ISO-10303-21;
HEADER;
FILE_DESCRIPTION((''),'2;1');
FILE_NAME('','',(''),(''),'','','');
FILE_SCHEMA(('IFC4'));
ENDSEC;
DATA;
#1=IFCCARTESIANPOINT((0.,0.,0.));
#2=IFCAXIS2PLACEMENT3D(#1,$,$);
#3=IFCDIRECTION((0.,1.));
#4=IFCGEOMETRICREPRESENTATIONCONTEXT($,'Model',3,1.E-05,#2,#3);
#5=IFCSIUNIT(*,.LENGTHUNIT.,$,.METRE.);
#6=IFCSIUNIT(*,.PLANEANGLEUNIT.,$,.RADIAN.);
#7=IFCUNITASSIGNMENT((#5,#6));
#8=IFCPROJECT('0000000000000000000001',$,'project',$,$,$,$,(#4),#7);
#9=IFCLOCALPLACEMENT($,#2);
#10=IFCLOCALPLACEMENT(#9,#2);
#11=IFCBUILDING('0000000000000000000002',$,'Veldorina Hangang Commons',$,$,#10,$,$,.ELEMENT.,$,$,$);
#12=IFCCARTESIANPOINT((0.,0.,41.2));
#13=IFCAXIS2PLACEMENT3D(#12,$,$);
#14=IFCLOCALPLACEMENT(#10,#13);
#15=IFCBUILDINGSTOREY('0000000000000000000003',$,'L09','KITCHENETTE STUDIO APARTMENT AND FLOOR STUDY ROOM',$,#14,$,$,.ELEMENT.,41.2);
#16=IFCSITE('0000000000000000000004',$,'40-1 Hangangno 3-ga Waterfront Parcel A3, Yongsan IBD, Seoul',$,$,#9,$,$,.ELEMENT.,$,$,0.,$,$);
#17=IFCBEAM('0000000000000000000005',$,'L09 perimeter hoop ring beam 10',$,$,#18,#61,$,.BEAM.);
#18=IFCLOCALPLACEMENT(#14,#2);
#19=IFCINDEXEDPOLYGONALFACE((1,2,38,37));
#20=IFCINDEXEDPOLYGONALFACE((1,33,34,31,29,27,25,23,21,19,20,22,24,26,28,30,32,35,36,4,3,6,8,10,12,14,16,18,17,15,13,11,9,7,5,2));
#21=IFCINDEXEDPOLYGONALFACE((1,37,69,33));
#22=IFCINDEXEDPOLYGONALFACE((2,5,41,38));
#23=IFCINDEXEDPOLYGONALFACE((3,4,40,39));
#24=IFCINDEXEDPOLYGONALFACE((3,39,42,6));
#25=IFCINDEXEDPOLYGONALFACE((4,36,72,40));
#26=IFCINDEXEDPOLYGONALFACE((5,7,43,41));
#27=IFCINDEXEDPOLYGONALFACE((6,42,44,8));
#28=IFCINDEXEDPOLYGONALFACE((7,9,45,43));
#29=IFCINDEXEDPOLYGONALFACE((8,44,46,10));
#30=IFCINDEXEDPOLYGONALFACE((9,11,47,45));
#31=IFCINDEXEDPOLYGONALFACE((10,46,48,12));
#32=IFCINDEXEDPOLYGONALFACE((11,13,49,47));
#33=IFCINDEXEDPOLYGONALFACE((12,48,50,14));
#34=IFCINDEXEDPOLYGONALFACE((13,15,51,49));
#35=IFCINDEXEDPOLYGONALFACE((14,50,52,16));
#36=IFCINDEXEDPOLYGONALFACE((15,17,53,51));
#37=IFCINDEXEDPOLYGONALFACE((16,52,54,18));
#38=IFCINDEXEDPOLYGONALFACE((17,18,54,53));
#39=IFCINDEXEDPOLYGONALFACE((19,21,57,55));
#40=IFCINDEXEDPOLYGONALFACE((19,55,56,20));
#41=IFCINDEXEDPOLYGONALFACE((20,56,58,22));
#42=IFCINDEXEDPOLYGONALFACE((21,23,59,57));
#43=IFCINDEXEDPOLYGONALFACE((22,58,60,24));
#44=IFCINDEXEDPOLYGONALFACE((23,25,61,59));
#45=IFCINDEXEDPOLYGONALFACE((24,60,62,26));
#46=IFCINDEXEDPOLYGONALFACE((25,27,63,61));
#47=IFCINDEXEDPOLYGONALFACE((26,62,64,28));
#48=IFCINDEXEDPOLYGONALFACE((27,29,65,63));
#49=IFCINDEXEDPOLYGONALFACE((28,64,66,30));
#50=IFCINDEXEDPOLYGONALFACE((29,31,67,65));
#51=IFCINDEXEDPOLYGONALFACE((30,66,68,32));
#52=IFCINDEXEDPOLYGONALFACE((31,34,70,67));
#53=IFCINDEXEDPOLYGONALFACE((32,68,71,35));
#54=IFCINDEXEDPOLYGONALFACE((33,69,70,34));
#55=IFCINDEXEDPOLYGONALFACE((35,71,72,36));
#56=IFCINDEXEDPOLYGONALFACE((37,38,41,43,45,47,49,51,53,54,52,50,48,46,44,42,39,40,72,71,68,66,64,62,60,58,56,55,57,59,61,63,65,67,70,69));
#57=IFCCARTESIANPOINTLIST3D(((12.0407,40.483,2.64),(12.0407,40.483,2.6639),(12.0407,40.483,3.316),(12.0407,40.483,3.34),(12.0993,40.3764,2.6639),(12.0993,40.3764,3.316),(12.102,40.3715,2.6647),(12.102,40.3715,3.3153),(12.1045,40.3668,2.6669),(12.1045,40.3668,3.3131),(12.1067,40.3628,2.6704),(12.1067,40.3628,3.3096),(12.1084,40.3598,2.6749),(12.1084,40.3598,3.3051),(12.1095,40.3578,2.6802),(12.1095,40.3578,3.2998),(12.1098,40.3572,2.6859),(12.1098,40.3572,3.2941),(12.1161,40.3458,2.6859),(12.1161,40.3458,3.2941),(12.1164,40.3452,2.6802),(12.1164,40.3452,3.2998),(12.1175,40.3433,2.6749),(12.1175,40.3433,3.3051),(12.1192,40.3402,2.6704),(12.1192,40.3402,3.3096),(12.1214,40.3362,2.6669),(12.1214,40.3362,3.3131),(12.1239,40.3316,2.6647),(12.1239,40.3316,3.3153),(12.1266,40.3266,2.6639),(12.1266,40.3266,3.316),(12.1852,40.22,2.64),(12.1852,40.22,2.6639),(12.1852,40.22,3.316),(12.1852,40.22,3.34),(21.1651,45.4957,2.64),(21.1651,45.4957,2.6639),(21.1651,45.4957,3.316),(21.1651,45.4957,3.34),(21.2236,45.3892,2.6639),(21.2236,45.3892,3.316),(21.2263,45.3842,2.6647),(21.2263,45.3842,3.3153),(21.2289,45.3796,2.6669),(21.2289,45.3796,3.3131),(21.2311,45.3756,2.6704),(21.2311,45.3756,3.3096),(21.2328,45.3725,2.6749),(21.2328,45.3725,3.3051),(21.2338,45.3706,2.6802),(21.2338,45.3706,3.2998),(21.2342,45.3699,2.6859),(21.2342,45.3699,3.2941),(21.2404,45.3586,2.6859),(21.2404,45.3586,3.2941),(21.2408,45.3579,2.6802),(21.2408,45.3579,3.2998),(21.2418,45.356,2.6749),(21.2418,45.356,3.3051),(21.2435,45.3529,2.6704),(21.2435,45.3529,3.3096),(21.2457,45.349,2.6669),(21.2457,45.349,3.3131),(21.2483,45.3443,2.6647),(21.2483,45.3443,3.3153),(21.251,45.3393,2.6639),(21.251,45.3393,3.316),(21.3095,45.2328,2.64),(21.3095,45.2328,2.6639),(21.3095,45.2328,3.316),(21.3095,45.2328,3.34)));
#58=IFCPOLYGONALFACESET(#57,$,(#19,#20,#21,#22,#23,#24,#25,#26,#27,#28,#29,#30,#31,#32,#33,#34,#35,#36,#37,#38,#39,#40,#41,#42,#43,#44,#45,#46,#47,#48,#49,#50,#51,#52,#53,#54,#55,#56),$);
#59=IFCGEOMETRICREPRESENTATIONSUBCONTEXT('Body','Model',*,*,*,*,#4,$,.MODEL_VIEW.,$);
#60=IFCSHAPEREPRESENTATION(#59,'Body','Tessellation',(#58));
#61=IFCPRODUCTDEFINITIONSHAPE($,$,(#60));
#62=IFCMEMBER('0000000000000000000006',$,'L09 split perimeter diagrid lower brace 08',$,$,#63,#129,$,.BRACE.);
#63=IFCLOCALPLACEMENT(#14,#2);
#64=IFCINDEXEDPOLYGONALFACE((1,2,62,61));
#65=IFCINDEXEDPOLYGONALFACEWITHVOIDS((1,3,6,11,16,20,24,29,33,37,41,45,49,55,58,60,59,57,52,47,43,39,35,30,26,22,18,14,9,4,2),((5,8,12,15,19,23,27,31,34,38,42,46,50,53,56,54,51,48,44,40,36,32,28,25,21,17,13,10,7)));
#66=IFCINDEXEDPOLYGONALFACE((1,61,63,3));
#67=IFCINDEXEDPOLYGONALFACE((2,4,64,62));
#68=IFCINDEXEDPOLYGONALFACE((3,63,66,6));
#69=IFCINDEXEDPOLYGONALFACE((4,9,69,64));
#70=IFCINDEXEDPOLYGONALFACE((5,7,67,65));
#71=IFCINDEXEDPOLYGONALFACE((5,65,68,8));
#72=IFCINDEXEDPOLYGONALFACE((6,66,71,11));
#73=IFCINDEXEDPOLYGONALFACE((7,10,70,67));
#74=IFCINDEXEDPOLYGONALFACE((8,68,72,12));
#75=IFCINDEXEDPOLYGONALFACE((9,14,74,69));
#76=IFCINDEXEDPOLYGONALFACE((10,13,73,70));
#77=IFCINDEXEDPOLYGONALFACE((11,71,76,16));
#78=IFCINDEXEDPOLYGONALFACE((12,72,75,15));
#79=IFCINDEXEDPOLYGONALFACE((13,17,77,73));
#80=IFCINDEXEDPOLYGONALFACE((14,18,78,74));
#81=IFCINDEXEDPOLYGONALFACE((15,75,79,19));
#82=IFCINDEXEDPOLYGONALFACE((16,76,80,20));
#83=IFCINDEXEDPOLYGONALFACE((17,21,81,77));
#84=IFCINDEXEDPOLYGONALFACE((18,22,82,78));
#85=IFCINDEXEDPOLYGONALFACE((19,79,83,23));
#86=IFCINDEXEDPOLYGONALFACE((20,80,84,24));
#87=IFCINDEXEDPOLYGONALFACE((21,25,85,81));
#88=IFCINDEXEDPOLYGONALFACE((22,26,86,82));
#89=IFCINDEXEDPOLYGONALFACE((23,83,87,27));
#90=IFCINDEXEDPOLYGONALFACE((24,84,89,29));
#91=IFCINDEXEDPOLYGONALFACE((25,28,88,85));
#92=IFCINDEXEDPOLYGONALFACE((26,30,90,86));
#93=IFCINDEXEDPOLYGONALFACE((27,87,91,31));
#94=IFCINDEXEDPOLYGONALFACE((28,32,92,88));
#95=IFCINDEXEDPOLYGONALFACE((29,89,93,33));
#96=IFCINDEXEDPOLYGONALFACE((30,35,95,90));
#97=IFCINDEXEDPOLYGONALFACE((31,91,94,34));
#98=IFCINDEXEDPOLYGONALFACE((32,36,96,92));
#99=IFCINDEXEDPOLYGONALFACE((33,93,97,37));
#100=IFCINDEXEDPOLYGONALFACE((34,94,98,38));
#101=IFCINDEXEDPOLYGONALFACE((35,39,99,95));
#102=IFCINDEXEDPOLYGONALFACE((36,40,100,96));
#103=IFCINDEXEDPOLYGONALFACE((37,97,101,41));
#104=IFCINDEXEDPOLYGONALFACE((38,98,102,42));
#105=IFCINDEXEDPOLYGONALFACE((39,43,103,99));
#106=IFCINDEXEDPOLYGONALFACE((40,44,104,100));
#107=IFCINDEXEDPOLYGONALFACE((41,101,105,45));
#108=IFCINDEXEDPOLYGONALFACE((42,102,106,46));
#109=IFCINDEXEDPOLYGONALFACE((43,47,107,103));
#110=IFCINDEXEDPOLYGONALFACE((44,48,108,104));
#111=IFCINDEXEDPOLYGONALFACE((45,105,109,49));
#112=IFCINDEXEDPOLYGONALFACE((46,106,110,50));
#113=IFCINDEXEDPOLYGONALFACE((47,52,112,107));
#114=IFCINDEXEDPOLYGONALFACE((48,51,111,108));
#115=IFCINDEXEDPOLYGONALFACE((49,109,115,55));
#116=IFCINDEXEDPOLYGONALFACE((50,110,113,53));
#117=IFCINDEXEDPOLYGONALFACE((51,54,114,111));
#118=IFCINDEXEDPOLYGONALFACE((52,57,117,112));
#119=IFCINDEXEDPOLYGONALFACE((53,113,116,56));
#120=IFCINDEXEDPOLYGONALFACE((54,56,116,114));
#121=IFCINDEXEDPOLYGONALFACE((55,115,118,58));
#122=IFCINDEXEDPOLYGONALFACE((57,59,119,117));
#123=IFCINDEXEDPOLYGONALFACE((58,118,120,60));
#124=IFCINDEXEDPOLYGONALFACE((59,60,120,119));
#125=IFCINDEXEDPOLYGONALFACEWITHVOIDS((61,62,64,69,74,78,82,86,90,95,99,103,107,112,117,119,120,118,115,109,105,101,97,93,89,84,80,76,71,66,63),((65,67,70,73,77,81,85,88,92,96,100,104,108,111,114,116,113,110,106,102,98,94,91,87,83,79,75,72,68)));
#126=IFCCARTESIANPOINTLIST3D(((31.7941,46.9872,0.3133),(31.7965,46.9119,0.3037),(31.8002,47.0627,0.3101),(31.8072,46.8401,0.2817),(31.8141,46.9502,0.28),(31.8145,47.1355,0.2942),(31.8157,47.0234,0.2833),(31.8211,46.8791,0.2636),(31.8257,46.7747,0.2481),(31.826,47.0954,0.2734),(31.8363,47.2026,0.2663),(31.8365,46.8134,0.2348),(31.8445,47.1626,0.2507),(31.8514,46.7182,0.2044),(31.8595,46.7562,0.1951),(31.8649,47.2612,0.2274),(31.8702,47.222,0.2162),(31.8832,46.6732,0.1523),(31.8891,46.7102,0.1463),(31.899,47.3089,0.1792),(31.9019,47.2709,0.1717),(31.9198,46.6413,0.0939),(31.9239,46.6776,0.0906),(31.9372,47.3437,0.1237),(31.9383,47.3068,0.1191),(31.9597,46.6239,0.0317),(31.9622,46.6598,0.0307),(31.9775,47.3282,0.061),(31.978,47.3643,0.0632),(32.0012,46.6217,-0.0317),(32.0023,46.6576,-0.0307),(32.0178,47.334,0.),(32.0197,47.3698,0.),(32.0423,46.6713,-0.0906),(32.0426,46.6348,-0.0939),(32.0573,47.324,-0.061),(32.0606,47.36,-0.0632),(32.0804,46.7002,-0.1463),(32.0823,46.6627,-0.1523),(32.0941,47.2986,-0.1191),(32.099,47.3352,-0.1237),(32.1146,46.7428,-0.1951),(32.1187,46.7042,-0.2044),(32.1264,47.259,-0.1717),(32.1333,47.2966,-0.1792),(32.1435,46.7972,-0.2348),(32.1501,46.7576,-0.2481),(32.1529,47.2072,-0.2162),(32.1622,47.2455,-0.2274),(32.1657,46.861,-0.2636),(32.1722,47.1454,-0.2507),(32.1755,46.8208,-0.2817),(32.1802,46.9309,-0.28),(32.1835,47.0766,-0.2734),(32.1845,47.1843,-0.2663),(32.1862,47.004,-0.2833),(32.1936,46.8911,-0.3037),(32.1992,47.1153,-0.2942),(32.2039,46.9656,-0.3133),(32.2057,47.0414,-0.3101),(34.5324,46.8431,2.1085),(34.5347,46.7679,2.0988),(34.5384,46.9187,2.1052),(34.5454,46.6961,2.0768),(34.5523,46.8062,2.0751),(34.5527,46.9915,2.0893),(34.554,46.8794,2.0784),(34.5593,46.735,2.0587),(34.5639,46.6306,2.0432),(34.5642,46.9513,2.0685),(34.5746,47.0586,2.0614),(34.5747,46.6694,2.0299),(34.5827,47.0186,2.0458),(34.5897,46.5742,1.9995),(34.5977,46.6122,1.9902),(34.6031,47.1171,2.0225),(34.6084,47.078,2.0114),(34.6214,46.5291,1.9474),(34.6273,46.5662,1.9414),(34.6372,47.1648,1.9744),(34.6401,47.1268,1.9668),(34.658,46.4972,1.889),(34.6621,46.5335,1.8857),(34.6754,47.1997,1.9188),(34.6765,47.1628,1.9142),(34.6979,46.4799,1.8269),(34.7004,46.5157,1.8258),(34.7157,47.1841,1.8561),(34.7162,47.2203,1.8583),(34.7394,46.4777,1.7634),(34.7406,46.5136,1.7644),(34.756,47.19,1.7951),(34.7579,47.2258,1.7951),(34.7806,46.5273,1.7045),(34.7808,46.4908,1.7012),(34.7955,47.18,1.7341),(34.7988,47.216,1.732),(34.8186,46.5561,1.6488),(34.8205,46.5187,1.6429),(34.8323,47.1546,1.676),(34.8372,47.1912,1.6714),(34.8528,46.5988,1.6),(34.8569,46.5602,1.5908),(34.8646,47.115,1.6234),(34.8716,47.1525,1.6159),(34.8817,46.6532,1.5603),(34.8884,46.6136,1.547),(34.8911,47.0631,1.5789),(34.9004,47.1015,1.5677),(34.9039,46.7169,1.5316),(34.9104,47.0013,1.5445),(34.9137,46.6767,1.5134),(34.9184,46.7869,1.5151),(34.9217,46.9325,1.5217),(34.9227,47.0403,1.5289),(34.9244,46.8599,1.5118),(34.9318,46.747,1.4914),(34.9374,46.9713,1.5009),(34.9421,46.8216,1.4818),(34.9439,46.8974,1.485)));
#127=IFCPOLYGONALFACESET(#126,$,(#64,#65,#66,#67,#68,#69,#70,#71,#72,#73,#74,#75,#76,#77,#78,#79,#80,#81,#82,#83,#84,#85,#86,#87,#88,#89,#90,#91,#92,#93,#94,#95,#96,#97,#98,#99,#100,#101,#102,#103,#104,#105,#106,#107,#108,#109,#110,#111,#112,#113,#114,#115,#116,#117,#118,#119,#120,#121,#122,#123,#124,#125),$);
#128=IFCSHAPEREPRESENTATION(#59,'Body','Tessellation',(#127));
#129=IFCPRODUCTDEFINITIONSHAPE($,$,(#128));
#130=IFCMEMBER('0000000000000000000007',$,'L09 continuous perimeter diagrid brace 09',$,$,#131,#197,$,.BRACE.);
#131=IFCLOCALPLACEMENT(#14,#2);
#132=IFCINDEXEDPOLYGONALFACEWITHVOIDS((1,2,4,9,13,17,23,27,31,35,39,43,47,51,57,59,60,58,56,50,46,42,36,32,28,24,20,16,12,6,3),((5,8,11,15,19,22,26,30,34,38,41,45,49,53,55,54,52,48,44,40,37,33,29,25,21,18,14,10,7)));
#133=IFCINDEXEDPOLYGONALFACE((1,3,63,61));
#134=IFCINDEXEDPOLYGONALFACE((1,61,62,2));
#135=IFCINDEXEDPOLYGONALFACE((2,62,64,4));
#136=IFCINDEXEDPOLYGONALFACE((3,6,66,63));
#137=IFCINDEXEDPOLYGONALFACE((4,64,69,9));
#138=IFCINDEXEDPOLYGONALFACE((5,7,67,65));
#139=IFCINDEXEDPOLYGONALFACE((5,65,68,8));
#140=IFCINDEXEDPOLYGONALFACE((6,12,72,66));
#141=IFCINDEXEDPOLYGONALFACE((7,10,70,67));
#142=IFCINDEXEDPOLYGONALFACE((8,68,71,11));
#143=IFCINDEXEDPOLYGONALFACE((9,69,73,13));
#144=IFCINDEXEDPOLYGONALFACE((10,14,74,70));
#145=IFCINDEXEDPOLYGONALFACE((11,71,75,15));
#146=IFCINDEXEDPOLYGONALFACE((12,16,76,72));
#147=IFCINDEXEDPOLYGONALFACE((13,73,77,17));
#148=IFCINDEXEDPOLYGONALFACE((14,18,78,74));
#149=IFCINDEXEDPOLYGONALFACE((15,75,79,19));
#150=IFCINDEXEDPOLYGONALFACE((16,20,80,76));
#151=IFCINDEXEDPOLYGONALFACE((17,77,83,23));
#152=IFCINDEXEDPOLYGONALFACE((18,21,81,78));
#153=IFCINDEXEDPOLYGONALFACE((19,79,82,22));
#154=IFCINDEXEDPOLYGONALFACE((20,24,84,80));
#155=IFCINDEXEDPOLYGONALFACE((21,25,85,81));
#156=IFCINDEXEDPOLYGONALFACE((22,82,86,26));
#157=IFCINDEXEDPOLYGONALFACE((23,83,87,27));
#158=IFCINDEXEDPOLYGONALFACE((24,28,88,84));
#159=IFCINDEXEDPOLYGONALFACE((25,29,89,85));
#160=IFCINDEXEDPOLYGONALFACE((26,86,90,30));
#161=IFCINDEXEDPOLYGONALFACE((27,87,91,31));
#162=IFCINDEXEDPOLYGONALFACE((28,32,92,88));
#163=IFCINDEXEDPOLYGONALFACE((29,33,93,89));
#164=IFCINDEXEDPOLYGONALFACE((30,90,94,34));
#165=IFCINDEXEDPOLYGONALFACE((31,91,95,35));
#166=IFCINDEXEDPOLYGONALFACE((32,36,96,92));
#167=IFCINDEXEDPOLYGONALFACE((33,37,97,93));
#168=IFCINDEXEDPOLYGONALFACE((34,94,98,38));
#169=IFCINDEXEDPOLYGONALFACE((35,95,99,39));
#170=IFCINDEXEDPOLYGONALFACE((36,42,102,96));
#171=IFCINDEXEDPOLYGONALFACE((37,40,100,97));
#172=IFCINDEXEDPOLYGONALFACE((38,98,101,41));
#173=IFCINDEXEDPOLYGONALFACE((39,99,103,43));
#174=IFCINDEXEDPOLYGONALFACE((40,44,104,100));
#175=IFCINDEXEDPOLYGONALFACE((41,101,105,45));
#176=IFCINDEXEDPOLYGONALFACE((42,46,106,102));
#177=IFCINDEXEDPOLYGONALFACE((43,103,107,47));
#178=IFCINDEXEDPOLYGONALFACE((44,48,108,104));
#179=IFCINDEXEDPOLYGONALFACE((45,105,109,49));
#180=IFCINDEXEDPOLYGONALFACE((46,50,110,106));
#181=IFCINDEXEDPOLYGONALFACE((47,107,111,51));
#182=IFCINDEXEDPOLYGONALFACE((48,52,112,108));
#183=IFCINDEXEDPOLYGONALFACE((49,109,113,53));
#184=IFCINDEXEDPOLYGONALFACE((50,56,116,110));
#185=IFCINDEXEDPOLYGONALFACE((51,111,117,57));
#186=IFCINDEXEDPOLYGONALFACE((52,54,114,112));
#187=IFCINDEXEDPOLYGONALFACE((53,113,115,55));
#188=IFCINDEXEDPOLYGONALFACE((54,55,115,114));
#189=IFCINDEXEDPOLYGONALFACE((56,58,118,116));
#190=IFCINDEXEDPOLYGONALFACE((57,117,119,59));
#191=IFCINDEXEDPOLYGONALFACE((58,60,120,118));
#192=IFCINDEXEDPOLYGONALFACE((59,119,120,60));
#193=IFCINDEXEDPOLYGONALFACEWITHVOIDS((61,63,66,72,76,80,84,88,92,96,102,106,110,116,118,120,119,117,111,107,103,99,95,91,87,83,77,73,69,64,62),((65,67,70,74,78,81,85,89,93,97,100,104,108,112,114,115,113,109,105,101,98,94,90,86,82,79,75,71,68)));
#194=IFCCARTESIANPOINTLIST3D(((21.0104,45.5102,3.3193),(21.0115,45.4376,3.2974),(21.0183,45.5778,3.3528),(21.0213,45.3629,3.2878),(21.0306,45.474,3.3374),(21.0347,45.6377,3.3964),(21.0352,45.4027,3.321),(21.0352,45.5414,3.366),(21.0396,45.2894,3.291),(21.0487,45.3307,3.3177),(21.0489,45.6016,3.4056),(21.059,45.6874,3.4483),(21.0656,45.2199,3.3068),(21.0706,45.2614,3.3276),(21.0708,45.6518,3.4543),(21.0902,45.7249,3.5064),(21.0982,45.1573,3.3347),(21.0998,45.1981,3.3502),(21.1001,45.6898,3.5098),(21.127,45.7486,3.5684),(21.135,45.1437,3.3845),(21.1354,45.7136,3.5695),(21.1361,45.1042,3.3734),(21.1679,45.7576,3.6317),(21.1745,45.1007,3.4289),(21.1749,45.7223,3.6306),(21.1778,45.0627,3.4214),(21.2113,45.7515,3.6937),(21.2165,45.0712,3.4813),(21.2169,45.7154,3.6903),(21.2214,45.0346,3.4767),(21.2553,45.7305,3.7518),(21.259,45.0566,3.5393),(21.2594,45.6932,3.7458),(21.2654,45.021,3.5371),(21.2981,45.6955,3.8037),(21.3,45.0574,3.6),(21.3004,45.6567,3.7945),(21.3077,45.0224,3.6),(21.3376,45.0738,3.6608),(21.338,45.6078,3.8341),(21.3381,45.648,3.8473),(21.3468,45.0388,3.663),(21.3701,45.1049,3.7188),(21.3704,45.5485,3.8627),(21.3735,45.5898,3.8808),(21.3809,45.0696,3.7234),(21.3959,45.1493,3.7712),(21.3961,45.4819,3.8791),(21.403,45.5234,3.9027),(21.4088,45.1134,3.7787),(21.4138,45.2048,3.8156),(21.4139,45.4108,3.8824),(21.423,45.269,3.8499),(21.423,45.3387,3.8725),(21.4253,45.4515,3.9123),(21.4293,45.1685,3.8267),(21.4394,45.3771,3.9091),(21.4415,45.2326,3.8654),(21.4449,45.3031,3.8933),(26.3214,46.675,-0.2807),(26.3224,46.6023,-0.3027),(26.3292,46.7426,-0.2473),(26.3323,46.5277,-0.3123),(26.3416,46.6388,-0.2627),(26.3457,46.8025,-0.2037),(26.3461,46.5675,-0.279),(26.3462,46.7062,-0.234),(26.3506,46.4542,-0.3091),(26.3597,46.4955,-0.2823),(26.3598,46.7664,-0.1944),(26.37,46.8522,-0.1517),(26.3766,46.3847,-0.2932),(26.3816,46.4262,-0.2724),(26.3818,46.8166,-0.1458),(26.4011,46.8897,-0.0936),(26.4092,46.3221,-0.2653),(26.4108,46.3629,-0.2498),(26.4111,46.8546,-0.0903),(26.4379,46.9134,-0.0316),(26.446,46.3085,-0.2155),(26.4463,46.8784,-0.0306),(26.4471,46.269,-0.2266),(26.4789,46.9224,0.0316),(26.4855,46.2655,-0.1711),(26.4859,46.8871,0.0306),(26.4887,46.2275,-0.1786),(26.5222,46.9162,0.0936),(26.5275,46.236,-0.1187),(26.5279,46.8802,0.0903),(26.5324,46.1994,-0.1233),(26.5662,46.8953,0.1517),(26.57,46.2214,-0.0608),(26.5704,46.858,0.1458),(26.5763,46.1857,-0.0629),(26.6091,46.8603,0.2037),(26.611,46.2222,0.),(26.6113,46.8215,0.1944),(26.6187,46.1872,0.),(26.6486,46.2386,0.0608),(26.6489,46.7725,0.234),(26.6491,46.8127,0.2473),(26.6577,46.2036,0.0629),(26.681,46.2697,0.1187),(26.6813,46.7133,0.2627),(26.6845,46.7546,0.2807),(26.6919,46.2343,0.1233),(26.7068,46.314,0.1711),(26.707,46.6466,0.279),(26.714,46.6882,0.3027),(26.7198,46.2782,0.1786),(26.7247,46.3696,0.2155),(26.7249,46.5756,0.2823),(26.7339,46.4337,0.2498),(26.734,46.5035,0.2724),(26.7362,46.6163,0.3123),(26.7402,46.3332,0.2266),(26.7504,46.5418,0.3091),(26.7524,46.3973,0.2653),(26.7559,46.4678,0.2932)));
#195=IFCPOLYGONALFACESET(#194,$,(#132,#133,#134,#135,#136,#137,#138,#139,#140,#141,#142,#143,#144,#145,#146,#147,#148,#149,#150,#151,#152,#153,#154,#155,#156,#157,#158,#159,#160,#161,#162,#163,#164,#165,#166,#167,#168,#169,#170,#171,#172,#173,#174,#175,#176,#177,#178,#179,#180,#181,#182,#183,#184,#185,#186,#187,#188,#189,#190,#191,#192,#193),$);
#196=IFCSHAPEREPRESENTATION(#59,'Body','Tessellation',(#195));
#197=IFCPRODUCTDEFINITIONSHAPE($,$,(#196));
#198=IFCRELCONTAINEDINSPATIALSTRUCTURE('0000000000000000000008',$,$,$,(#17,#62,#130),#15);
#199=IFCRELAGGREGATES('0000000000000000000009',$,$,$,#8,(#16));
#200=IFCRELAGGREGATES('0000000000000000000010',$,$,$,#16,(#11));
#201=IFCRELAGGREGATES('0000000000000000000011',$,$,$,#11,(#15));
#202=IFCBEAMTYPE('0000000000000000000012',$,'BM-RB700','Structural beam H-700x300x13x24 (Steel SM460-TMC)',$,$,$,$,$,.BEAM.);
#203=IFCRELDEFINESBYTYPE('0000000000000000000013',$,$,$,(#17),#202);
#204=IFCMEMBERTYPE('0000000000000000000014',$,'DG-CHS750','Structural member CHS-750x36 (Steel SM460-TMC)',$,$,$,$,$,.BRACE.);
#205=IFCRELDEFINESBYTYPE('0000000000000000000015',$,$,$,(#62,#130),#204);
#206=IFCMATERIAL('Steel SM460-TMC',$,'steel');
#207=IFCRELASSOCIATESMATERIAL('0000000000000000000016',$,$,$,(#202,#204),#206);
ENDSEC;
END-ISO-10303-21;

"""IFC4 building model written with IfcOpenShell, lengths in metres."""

from ifc_helpers import new_model, si_unit, direction, frame, origin, origin_2d, place, context, subcontext, project, spatial, hollow_circle, i_section, extrude, material, material_profile, profile_set, type_object, element, save


model = new_model("IFC4")

# Units and contexts
model_context = context("Model", 3, precision=1e-05, world=origin(), true_north=direction((0.0, 1.0)))
body_context = subcontext(model_context, "Body", "Model", "MODEL_VIEW")
ifc_project = project(units=[si_unit("LENGTHUNIT", "METRE"), si_unit("PLANEANGLEUNIT", "RADIAN")], contexts=[model_context])

# Site, building, storey
site_placement = place(None, origin())
site = spatial("IfcSite", under=ifc_project, at=site_placement, Name="40-1 Hangangno 3-ga Waterfront Parcel A3, Yongsan IBD, Seoul", CompositionType="ELEMENT", RefElevation=0.0)
building_placement = place(site_placement, origin())
building = spatial("IfcBuilding", under=site, at=building_placement, Name="Veldorina Hangang Commons", CompositionType="ELEMENT")
storey_placement = place(building_placement, frame((0.0, 0.0, 41.2)))
storey = spatial("IfcBuildingStorey", under=building, at=storey_placement, Name="L09", Description="KITCHENETTE STUDIO APARTMENT AND FLOOR STUDY ROOM", CompositionType="ELEMENT", Elevation=41.2)

# Beam
ifc_material_1 = material(Name="Steel SM460-TMC", Category="steel")
ifc_material_profile_1 = material_profile(ifc_material_1, i_section(OverallWidth=0.3, OverallDepth=0.7, WebThickness=0.0129, FlangeThickness=0.0239, FilletRadius=0.022, at=origin_2d()), Name="H-700x300x13x24")
ifc_profile_set_1 = profile_set([ifc_material_profile_1], Name="Steel SM460-TMC")
beam_type_1 = type_object("IfcBeamType", Name="BM-RB700", Description="Structural beam H-700x300x13x24 (Steel SM460-TMC)", PredefinedType="BEAM", material=ifc_profile_set_1)
beam_1_placement = place(storey_placement, frame((21.2373, 45.3643, 2.99), z_axis=(-0.876445, -0.481502, 0.0), x_axis=(0.481502, -0.876445, 0.0)))
element("IfcBeam", 1, at=beam_1_placement, inside=storey, type_object=beam_type_1, Name="L09 perimeter hoop ring beam 10", PredefinedType="BEAM", context=body_context, shape_type="SweptSolid", body=[
    extrude(i_section(OverallWidth=0.3, OverallDepth=0.7, WebThickness=0.0129, FlangeThickness=0.0239, FilletRadius=0.022, at=origin_2d()), origin(), (0.0, 0.0, 1.0), 10.4106),
])

# Members
ifc_material_profile_2 = material_profile(ifc_material_1, hollow_circle(Radius=0.375, WallThickness=0.0359, at=origin_2d()), Name="CHS-750x36")
ifc_profile_set_2 = profile_set([ifc_material_profile_2], Name="Steel SM460-TMC")
member_type = type_object("IfcMemberType", Name="DG-CHS750", Description="Structural member CHS-750x36 (Steel SM460-TMC)", PredefinedType="BRACE", material=ifc_profile_set_2)
member_1_placement = place(storey_placement, frame((32.0, 46.9954, 0.0), z_axis=(0.835496, -0.04395, 0.547736), x_axis=(0.052531, 0.998619, 0.0)))
element("IfcMember", 2, at=member_1_placement, inside=storey, type_object=member_type, Name="L09 split perimeter diagrid lower brace 08", PredefinedType="BRACE", context=body_context, shape_type="SweptSolid", body=[
    extrude(hollow_circle(Radius=0.375, WallThickness=0.0359, at=origin_2d()), origin(), (0.0, 0.0, 1.0), 3.2773),
])
member_2_placement = place(storey_placement, frame((26.5383, 46.5535, 0.0), z_axis=(-0.81444, -0.17862, 0.55207), x_axis=(0.214224, -0.976784, 0.0)))
element("IfcMember", 3, at=member_2_placement, inside=storey, type_object=member_type, Name="L09 continuous perimeter diagrid brace 09", PredefinedType="BRACE", context=body_context, shape_type="SweptSolid", body=[
    extrude(hollow_circle(Radius=0.375, WallThickness=0.0359, at=origin_2d()), origin(), (0.0, 0.0, 1.0), 6.521),
])

save(model, "model.ifc")
